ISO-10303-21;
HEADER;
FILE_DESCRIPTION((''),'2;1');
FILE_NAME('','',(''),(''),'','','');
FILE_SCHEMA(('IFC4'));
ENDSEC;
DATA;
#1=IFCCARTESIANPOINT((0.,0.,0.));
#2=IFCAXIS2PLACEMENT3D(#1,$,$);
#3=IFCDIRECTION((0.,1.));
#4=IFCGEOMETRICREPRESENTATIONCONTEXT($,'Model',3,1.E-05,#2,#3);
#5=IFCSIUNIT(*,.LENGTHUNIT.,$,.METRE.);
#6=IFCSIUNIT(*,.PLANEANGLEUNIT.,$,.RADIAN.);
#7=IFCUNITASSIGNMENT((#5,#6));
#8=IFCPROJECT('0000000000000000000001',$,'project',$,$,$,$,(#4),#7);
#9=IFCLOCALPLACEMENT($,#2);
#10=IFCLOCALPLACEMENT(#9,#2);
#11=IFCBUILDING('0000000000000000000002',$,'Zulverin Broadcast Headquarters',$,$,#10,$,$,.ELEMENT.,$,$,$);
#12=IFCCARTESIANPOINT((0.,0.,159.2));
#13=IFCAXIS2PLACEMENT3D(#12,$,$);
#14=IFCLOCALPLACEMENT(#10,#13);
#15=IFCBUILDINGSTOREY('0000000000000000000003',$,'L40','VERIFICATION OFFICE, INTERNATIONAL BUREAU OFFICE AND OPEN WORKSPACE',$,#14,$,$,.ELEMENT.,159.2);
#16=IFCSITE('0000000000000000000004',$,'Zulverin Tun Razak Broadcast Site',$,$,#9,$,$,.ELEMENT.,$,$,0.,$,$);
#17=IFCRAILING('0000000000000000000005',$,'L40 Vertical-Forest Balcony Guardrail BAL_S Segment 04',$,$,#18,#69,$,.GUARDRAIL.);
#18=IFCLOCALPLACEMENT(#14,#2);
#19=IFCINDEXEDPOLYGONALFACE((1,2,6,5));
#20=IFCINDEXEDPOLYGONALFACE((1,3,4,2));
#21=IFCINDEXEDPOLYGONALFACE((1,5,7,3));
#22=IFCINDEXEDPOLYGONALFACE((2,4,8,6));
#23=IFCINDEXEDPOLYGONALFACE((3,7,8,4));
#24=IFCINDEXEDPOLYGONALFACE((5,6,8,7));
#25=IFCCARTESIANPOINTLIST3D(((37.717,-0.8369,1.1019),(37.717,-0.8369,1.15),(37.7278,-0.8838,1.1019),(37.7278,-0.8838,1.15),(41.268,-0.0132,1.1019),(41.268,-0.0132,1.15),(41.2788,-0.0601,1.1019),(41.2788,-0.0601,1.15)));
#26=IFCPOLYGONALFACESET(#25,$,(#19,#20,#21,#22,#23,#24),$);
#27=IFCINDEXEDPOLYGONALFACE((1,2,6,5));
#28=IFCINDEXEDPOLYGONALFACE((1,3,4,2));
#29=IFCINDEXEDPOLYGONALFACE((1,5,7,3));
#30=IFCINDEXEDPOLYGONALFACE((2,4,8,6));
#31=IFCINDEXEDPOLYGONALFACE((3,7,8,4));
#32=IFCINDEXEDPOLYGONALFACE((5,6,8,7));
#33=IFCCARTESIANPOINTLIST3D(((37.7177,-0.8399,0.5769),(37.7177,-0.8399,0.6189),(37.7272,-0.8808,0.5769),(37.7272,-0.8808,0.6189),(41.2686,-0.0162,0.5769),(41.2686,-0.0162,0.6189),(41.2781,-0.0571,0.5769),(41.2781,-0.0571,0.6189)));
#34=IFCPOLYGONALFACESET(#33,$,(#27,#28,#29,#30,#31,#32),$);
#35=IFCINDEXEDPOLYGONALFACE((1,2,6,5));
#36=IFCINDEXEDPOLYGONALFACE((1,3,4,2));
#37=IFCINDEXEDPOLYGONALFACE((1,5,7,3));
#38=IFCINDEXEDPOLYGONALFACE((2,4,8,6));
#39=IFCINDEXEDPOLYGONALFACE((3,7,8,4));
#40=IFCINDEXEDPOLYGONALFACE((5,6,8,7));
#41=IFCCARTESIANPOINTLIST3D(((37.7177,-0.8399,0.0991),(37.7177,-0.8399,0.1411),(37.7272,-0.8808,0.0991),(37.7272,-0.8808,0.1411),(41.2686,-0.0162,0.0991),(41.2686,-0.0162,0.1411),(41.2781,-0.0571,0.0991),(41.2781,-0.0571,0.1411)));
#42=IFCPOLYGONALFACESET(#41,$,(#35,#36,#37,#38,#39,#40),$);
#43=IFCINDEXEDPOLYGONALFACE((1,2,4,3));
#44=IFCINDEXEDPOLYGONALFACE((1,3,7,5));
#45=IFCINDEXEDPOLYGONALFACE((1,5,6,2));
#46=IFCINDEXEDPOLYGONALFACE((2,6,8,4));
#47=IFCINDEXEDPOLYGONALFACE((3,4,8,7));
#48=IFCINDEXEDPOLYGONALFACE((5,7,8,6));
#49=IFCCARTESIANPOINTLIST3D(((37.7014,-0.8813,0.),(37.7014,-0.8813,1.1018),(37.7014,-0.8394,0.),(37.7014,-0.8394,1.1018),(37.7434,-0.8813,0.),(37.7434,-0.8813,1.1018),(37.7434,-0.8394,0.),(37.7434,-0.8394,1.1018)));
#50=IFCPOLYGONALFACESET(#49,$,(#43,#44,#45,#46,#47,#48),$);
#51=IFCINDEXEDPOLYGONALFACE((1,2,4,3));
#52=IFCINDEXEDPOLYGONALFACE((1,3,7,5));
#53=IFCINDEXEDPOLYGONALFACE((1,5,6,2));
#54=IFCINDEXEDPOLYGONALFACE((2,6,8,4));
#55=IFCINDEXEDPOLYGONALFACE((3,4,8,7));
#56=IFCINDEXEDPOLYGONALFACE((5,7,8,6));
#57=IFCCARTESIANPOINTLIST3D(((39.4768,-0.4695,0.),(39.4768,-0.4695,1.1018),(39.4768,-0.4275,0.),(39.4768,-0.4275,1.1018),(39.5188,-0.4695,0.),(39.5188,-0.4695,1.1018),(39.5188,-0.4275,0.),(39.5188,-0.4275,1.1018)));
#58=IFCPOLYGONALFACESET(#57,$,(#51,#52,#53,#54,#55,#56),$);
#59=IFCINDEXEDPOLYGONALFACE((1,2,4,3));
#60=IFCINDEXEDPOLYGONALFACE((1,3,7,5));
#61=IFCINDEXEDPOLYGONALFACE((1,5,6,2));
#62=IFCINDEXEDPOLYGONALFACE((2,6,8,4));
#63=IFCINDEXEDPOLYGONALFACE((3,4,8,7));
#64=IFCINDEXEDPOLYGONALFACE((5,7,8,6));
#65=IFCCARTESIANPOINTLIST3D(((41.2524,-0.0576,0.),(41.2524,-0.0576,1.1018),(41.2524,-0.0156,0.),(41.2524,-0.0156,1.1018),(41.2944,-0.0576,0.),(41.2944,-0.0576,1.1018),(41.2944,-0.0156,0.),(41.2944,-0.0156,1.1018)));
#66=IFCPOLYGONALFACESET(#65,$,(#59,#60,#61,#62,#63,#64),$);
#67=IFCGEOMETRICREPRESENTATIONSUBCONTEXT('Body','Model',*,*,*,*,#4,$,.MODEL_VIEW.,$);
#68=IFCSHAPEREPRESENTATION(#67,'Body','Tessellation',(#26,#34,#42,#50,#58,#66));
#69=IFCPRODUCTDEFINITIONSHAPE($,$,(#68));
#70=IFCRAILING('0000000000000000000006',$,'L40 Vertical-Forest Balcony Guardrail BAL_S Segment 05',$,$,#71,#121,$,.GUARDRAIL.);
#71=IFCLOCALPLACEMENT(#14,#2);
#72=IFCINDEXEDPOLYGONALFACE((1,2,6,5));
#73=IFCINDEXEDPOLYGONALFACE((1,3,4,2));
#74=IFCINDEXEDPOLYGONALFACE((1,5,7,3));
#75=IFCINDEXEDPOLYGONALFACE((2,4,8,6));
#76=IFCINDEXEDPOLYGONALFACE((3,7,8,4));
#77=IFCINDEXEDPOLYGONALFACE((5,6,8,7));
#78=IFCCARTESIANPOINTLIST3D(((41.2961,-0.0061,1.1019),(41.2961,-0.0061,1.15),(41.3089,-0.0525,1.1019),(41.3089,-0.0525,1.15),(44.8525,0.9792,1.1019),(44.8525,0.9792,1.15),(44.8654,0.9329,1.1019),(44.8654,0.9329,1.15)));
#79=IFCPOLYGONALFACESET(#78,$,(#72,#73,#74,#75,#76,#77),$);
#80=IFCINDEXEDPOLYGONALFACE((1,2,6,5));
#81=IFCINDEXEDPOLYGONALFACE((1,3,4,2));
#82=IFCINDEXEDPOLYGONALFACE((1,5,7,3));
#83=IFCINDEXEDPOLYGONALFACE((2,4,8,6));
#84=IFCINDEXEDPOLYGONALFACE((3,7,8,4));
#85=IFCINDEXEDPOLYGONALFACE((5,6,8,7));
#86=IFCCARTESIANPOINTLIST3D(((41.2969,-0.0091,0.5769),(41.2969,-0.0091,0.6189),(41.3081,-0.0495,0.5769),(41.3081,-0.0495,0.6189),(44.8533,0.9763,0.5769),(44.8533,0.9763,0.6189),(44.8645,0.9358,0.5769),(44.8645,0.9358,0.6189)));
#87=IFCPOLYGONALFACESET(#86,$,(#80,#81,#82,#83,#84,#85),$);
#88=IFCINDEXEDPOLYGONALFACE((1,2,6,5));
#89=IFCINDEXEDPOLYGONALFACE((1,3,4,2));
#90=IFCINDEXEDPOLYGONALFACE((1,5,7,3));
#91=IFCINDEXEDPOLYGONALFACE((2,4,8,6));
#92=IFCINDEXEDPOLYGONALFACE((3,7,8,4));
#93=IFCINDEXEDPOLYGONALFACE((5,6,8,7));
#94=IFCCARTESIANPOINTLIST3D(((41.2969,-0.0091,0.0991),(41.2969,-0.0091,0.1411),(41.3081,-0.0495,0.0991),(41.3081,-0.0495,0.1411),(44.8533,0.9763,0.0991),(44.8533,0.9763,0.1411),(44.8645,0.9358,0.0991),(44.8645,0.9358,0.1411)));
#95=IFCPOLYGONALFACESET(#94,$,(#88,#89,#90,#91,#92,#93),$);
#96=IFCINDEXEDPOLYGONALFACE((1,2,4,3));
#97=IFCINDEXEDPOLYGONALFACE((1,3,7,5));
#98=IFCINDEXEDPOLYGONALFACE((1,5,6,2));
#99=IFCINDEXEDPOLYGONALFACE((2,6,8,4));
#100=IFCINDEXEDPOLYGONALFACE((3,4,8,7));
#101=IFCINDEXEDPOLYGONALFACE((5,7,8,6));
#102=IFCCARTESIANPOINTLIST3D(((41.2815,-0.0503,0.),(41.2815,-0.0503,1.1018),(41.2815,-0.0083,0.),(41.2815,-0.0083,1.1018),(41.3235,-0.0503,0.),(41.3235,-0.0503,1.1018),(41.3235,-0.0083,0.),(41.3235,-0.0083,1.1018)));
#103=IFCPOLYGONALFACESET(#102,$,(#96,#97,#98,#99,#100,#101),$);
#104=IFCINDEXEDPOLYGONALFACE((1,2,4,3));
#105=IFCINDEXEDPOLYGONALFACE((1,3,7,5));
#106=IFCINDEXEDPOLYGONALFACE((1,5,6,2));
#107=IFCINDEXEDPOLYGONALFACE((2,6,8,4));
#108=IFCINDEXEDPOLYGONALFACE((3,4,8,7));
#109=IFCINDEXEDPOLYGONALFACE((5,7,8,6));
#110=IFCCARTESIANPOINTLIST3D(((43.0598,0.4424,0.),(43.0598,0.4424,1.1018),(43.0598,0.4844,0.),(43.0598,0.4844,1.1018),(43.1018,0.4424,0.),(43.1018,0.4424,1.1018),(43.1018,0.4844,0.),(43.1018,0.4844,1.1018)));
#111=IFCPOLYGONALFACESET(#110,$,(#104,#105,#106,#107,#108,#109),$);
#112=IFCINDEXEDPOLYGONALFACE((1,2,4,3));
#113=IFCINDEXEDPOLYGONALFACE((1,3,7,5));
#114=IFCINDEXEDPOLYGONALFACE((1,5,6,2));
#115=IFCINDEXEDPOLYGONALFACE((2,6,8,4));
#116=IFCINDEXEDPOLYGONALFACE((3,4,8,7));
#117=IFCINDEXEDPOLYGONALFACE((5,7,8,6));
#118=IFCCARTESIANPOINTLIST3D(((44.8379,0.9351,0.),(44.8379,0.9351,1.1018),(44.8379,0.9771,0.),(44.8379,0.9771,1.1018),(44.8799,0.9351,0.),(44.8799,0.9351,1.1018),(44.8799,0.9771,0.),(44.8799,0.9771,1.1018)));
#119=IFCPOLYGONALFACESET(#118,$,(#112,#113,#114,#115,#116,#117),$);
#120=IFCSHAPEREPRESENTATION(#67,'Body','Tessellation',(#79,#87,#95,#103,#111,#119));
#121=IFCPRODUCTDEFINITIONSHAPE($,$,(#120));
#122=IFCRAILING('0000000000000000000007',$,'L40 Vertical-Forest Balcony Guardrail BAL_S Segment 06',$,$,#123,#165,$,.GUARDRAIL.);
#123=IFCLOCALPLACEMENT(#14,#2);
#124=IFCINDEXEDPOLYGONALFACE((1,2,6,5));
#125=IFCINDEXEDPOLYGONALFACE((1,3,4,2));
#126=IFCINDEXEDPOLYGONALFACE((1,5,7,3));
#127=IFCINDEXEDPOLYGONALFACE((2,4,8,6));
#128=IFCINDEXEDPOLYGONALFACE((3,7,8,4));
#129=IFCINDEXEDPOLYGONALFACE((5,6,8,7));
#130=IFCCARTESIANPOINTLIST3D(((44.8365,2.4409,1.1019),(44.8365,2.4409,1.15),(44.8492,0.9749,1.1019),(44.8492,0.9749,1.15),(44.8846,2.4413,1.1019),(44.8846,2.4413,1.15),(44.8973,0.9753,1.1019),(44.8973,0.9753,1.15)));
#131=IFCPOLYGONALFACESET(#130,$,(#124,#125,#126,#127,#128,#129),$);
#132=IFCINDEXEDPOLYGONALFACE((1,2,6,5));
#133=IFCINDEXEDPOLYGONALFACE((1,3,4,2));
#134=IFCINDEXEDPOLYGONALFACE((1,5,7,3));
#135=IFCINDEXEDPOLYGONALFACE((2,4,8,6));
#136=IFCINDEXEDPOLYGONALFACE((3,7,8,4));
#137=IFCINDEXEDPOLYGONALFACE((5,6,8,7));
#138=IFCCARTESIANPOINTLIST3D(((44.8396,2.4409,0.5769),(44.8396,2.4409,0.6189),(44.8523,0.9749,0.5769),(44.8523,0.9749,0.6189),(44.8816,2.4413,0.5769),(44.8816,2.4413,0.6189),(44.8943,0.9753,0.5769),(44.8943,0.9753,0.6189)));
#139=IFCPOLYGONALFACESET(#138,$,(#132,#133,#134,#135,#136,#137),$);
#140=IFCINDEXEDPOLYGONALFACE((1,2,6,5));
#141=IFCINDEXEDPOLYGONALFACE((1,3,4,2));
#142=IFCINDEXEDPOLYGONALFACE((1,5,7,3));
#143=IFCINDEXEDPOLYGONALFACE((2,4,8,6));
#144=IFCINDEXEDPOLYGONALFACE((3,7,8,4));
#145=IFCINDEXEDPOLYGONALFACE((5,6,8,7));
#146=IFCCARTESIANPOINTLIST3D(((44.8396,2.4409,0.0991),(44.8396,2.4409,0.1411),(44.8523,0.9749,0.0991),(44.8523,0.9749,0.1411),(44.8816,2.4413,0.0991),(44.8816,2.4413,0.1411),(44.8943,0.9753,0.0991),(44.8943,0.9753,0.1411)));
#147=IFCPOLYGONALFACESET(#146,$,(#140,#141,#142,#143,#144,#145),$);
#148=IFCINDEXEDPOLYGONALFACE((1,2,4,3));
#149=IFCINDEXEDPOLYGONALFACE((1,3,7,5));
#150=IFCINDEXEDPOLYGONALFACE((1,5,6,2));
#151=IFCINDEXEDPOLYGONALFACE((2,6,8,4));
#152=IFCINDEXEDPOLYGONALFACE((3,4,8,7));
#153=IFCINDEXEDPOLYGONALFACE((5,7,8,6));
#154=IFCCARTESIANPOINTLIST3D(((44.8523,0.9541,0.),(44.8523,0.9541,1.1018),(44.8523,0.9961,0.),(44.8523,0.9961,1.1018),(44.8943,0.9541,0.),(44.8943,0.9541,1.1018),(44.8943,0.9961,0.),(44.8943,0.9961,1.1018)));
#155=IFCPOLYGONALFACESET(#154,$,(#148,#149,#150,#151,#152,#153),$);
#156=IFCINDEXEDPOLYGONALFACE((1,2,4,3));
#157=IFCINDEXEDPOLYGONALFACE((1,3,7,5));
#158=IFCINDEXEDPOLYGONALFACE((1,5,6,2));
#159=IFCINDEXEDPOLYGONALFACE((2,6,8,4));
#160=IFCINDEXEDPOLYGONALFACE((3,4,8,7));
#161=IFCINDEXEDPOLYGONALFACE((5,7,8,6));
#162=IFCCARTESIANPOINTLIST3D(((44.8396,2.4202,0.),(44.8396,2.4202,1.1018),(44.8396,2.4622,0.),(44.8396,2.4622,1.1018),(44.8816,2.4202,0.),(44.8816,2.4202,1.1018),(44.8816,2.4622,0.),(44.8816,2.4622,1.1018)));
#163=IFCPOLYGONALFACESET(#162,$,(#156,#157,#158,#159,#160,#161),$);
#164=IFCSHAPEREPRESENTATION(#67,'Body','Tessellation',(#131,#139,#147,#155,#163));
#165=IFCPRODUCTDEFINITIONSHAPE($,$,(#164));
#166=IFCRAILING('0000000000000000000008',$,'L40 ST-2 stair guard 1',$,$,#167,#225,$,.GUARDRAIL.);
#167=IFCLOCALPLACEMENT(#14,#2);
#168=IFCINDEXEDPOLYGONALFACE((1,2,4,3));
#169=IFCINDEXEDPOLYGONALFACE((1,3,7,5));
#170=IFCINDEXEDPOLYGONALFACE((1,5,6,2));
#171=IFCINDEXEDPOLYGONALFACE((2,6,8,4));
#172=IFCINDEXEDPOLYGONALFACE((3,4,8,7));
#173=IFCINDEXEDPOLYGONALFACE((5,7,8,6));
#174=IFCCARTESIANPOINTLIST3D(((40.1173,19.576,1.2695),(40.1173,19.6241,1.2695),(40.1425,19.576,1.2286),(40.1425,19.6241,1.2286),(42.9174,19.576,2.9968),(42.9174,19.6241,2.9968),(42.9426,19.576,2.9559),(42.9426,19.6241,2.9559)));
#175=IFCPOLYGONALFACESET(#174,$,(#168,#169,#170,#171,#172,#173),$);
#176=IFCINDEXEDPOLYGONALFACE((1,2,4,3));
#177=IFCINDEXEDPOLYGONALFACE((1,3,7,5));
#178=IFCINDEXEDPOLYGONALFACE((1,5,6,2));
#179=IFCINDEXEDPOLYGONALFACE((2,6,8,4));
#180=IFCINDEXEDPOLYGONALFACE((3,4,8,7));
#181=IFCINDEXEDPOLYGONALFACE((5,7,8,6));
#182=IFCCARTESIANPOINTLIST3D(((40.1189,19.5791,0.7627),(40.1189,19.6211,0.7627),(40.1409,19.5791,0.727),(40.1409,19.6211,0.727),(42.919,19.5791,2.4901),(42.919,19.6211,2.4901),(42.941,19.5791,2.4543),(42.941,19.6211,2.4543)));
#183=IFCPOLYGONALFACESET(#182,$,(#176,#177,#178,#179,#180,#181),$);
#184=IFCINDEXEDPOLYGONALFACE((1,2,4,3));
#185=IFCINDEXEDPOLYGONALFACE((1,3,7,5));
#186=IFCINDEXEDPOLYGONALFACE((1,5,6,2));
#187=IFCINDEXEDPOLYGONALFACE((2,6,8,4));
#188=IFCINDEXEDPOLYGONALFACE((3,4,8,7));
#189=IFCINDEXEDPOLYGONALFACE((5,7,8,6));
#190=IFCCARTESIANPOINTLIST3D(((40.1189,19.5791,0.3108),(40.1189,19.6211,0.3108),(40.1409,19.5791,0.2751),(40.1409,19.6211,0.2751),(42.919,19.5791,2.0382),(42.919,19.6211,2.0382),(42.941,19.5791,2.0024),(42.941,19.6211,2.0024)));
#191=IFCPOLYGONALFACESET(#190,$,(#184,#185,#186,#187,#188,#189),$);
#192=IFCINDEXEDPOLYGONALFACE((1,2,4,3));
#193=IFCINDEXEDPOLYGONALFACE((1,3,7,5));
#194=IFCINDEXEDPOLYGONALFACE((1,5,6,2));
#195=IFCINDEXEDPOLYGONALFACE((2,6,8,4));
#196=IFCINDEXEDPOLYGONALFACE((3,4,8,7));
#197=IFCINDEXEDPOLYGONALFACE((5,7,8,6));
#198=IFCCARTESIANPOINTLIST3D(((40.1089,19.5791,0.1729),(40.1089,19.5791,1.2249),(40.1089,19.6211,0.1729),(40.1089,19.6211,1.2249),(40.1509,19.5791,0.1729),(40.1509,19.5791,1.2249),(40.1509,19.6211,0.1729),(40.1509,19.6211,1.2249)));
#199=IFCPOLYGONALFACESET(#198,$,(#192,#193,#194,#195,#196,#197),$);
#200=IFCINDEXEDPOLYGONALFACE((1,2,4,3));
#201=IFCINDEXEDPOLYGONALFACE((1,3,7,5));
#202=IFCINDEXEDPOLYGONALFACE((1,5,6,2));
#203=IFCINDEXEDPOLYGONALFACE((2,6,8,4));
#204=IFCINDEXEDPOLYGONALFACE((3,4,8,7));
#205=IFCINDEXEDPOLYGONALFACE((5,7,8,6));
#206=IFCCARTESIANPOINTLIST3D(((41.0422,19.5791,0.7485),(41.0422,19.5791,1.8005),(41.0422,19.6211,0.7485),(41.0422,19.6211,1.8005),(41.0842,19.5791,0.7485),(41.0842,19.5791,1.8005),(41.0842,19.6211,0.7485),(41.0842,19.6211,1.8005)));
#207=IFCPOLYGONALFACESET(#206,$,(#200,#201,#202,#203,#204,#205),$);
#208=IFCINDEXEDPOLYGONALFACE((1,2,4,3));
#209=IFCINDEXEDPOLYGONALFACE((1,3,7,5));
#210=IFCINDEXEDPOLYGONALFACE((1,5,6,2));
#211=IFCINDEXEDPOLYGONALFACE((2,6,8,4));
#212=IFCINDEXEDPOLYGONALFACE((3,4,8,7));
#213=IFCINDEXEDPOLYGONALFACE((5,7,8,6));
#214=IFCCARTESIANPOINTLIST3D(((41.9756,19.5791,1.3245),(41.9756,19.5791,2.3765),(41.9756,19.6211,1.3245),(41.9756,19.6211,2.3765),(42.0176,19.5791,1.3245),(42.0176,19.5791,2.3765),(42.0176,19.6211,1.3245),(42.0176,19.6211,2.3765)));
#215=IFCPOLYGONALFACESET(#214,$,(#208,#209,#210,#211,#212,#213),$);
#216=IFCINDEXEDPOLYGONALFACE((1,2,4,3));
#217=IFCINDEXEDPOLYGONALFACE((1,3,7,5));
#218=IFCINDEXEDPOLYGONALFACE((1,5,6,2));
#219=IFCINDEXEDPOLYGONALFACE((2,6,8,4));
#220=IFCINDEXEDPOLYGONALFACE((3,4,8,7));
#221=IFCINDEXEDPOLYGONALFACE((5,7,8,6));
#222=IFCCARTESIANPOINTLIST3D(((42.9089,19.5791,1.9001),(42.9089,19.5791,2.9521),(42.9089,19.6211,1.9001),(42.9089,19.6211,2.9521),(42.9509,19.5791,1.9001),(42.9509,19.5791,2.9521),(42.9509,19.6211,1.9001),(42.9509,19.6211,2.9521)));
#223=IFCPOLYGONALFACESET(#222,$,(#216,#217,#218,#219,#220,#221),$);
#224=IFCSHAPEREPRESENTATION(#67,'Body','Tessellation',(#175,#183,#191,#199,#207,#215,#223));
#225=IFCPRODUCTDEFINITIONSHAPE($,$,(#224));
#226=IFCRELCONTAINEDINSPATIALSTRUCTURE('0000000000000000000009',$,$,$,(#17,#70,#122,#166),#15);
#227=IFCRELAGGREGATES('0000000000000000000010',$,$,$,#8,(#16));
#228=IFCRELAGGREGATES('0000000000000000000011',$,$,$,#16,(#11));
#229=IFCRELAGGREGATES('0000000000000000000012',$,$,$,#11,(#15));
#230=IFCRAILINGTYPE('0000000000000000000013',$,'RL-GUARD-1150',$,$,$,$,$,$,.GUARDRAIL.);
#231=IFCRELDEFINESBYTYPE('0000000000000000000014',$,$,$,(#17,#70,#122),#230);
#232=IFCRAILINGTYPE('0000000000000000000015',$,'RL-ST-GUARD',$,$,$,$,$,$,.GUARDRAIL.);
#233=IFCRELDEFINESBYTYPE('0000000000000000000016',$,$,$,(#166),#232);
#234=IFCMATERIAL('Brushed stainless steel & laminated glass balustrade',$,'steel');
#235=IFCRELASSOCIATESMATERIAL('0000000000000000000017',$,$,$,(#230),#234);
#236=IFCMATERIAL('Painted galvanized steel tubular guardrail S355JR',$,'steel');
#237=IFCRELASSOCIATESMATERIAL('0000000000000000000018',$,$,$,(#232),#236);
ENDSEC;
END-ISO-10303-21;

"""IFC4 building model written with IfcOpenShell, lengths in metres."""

from ifc_helpers import new_model, si_unit, direction, frame, origin, origin_2d, place, context, subcontext, project, spatial, rectangle, extrude, material, type_object, element, save


model = new_model("IFC4")

# Units and contexts
model_context = context("Model", 3, precision=1e-05, world=origin(), true_north=direction((0.0, 1.0)))
body_context = subcontext(model_context, "Body", "Model", "MODEL_VIEW")
ifc_project = project(units=[si_unit("LENGTHUNIT", "METRE"), si_unit("PLANEANGLEUNIT", "RADIAN")], contexts=[model_context])

# Site, building, storey
site_placement = place(None, origin())
site = spatial("IfcSite", under=ifc_project, at=site_placement, Name="Zulverin Tun Razak Broadcast Site", CompositionType="ELEMENT", RefElevation=0.0)
building_placement = place(site_placement, origin())
building = spatial("IfcBuilding", under=site, at=building_placement, Name="Zulverin Broadcast Headquarters", CompositionType="ELEMENT")
storey_placement = place(building_placement, frame((0.0, 0.0, 159.2)))
storey = spatial("IfcBuildingStorey", under=building, at=storey_placement, Name="L40", Description="VERIFICATION OFFICE, INTERNATIONAL BUREAU OFFICE AND OPEN WORKSPACE", CompositionType="ELEMENT", Elevation=159.2)

# Railings
ifc_material_1 = material(Name="Brushed stainless steel & laminated glass balustrade", Category="steel")
railing_type_1 = type_object("IfcRailingType", Name="RL-GUARD-1150", PredefinedType="GUARDRAIL", material=ifc_material_1)
railing_1_placement = place(storey_placement, frame((37.7224, -0.8604, 0.0)))
element("IfcRailing", 1, at=railing_1_placement, inside=storey, type_object=railing_type_1, Name="L40 Vertical-Forest Balcony Guardrail BAL_S Segment 04", PredefinedType="GUARDRAIL", context=body_context, shape_type="SweptSolid", body=[
    extrude(rectangle(XDim=0.0481, YDim=0.0481, at=origin_2d()), frame((0.0, 0.0, 1.126), z_axis=(0.974134, 0.22597, 0.0), x_axis=(-0.22597, 0.974134, 0.0)), (0.0, 0.0, 1.0), 3.6453),
    extrude(rectangle(XDim=0.042, YDim=0.042, at=origin_2d()), frame((0.0, 0.0, 0.5979), z_axis=(0.974134, 0.22597, 0.0), x_axis=(-0.22597, 0.974134, 0.0)), (0.0, 0.0, 1.0), 3.6453),
    extrude(rectangle(XDim=0.042, YDim=0.042, at=origin_2d()), frame((0.0, 0.0, 0.1201), z_axis=(0.974134, 0.22597, 0.0), x_axis=(-0.22597, 0.974134, 0.0)), (0.0, 0.0, 1.0), 3.6453),
    extrude(rectangle(XDim=0.042, YDim=0.042, at=origin_2d()), origin(), (0.0, 0.0, 1.0), 1.1018),
    extrude(rectangle(XDim=0.042, YDim=0.042, at=origin_2d()), frame((1.7754, 0.4119, 0.0)), (0.0, 0.0, 1.0), 1.1018),
    extrude(rectangle(XDim=0.042, YDim=0.042, at=origin_2d()), frame((3.551, 0.8237, 0.0)), (0.0, 0.0, 1.0), 1.1018),
])
railing_2_placement = place(storey_placement, frame((41.3025, -0.0293, 0.0)))
element("IfcRailing", 2, at=railing_2_placement, inside=storey, type_object=railing_type_1, Name="L40 Vertical-Forest Balcony Guardrail BAL_S Segment 05", PredefinedType="GUARDRAIL", context=body_context, shape_type="SweptSolid", body=[
    extrude(rectangle(XDim=0.0481, YDim=0.0481, at=origin_2d()), frame((0.0, 0.0, 1.126), z_axis=(0.963695, 0.267006, 0.0), x_axis=(-0.267006, 0.963695, 0.0)), (0.0, 0.0, 1.0), 3.6904),
    extrude(rectangle(XDim=0.042, YDim=0.042, at=origin_2d()), frame((0.0, 0.0, 0.5979), z_axis=(0.963695, 0.267006, 0.0), x_axis=(-0.267006, 0.963695, 0.0)), (0.0, 0.0, 1.0), 3.6904),
    extrude(rectangle(XDim=0.042, YDim=0.042, at=origin_2d()), frame((0.0, 0.0, 0.1201), z_axis=(0.963695, 0.267006, 0.0), x_axis=(-0.267006, 0.963695, 0.0)), (0.0, 0.0, 1.0), 3.6904),
    extrude(rectangle(XDim=0.042, YDim=0.042, at=origin_2d()), origin(), (0.0, 0.0, 1.0), 1.1018),
    extrude(rectangle(XDim=0.042, YDim=0.042, at=origin_2d()), frame((1.7783, 0.4927, 0.0)), (0.0, 0.0, 1.0), 1.1018),
    extrude(rectangle(XDim=0.042, YDim=0.042, at=origin_2d()), frame((3.5564, 0.9854, 0.0)), (0.0, 0.0, 1.0), 1.1018),
])
railing_3_placement = place(storey_placement, frame((44.8733, 0.9751, 0.0)))
element("IfcRailing", 3, at=railing_3_placement, inside=storey, type_object=railing_type_1, Name="L40 Vertical-Forest Balcony Guardrail BAL_S Segment 06", PredefinedType="GUARDRAIL", context=body_context, shape_type="SweptSolid", body=[
    extrude(rectangle(XDim=0.0481, YDim=0.0481, at=origin_2d()), frame((0.0, 0.0, 1.126), z_axis=(-0.008659, 0.999963, 0.0), x_axis=(-0.999963, -0.008659, 0.0)), (0.0, 0.0, 1.0), 1.4661),
    extrude(rectangle(XDim=0.042, YDim=0.042, at=origin_2d()), frame((0.0, 0.0, 0.5979), z_axis=(-0.008659, 0.999963, 0.0), x_axis=(-0.999963, -0.008659, 0.0)), (0.0, 0.0, 1.0), 1.4661),
    extrude(rectangle(XDim=0.042, YDim=0.042, at=origin_2d()), frame((0.0, 0.0, 0.1201), z_axis=(-0.008659, 0.999963, 0.0), x_axis=(-0.999963, -0.008659, 0.0)), (0.0, 0.0, 1.0), 1.4661),
    extrude(rectangle(XDim=0.042, YDim=0.042, at=origin_2d()), origin(), (0.0, 0.0, 1.0), 1.1018),
    extrude(rectangle(XDim=0.042, YDim=0.042, at=origin_2d()), frame((-0.0127, 1.4661, 0.0)), (0.0, 0.0, 1.0), 1.1018),
])
ifc_material_2 = material(Name="Painted galvanized steel tubular guardrail S355JR", Category="steel")
railing_type_2 = type_object("IfcRailingType", Name="RL-ST-GUARD", PredefinedType="GUARDRAIL", material=ifc_material_2)
railing_4_placement = place(storey_placement, frame((40.1299, 19.6001, 0.1729)))
element("IfcRailing", 4, at=railing_4_placement, inside=storey, type_object=railing_type_2, Name="L40 ST-2 stair guard 1", PredefinedType="GUARDRAIL", context=body_context, shape_type="SweptSolid", body=[
    extrude(rectangle(XDim=0.0481, YDim=0.0481, at=origin_2d()), frame((0.0, 0.0, 1.0762), z_axis=(0.85109, 0.0, 0.52502), x_axis=(0.0, 1.0, 0.0)), (0.0, 0.0, 1.0), 3.29),
    extrude(rectangle(XDim=0.042, YDim=0.042, at=origin_2d()), frame((0.0, 0.0, 0.572), z_axis=(0.85109, 0.0, 0.52502), x_axis=(0.0, 1.0, 0.0)), (0.0, 0.0, 1.0), 3.29),
    extrude(rectangle(XDim=0.042, YDim=0.042, at=origin_2d()), frame((0.0, 0.0, 0.1201), z_axis=(0.85109, 0.0, 0.52502), x_axis=(0.0, 1.0, 0.0)), (0.0, 0.0, 1.0), 3.29),
    extrude(rectangle(XDim=0.042, YDim=0.042, at=origin_2d()), origin(), (0.0, 0.0, 1.0), 1.052),
    extrude(rectangle(XDim=0.042, YDim=0.042, at=origin_2d()), frame((0.9333, 0.0, 0.5757)), (0.0, 0.0, 1.0), 1.052),
    extrude(rectangle(XDim=0.042, YDim=0.042, at=origin_2d()), frame((1.8667, 0.0, 1.1516)), (0.0, 0.0, 1.0), 1.052),
    extrude(rectangle(XDim=0.042, YDim=0.042, at=origin_2d()), frame((2.8, 0.0, 1.7273)), (0.0, 0.0, 1.0), 1.052),
])

save(model, "model.ifc")
